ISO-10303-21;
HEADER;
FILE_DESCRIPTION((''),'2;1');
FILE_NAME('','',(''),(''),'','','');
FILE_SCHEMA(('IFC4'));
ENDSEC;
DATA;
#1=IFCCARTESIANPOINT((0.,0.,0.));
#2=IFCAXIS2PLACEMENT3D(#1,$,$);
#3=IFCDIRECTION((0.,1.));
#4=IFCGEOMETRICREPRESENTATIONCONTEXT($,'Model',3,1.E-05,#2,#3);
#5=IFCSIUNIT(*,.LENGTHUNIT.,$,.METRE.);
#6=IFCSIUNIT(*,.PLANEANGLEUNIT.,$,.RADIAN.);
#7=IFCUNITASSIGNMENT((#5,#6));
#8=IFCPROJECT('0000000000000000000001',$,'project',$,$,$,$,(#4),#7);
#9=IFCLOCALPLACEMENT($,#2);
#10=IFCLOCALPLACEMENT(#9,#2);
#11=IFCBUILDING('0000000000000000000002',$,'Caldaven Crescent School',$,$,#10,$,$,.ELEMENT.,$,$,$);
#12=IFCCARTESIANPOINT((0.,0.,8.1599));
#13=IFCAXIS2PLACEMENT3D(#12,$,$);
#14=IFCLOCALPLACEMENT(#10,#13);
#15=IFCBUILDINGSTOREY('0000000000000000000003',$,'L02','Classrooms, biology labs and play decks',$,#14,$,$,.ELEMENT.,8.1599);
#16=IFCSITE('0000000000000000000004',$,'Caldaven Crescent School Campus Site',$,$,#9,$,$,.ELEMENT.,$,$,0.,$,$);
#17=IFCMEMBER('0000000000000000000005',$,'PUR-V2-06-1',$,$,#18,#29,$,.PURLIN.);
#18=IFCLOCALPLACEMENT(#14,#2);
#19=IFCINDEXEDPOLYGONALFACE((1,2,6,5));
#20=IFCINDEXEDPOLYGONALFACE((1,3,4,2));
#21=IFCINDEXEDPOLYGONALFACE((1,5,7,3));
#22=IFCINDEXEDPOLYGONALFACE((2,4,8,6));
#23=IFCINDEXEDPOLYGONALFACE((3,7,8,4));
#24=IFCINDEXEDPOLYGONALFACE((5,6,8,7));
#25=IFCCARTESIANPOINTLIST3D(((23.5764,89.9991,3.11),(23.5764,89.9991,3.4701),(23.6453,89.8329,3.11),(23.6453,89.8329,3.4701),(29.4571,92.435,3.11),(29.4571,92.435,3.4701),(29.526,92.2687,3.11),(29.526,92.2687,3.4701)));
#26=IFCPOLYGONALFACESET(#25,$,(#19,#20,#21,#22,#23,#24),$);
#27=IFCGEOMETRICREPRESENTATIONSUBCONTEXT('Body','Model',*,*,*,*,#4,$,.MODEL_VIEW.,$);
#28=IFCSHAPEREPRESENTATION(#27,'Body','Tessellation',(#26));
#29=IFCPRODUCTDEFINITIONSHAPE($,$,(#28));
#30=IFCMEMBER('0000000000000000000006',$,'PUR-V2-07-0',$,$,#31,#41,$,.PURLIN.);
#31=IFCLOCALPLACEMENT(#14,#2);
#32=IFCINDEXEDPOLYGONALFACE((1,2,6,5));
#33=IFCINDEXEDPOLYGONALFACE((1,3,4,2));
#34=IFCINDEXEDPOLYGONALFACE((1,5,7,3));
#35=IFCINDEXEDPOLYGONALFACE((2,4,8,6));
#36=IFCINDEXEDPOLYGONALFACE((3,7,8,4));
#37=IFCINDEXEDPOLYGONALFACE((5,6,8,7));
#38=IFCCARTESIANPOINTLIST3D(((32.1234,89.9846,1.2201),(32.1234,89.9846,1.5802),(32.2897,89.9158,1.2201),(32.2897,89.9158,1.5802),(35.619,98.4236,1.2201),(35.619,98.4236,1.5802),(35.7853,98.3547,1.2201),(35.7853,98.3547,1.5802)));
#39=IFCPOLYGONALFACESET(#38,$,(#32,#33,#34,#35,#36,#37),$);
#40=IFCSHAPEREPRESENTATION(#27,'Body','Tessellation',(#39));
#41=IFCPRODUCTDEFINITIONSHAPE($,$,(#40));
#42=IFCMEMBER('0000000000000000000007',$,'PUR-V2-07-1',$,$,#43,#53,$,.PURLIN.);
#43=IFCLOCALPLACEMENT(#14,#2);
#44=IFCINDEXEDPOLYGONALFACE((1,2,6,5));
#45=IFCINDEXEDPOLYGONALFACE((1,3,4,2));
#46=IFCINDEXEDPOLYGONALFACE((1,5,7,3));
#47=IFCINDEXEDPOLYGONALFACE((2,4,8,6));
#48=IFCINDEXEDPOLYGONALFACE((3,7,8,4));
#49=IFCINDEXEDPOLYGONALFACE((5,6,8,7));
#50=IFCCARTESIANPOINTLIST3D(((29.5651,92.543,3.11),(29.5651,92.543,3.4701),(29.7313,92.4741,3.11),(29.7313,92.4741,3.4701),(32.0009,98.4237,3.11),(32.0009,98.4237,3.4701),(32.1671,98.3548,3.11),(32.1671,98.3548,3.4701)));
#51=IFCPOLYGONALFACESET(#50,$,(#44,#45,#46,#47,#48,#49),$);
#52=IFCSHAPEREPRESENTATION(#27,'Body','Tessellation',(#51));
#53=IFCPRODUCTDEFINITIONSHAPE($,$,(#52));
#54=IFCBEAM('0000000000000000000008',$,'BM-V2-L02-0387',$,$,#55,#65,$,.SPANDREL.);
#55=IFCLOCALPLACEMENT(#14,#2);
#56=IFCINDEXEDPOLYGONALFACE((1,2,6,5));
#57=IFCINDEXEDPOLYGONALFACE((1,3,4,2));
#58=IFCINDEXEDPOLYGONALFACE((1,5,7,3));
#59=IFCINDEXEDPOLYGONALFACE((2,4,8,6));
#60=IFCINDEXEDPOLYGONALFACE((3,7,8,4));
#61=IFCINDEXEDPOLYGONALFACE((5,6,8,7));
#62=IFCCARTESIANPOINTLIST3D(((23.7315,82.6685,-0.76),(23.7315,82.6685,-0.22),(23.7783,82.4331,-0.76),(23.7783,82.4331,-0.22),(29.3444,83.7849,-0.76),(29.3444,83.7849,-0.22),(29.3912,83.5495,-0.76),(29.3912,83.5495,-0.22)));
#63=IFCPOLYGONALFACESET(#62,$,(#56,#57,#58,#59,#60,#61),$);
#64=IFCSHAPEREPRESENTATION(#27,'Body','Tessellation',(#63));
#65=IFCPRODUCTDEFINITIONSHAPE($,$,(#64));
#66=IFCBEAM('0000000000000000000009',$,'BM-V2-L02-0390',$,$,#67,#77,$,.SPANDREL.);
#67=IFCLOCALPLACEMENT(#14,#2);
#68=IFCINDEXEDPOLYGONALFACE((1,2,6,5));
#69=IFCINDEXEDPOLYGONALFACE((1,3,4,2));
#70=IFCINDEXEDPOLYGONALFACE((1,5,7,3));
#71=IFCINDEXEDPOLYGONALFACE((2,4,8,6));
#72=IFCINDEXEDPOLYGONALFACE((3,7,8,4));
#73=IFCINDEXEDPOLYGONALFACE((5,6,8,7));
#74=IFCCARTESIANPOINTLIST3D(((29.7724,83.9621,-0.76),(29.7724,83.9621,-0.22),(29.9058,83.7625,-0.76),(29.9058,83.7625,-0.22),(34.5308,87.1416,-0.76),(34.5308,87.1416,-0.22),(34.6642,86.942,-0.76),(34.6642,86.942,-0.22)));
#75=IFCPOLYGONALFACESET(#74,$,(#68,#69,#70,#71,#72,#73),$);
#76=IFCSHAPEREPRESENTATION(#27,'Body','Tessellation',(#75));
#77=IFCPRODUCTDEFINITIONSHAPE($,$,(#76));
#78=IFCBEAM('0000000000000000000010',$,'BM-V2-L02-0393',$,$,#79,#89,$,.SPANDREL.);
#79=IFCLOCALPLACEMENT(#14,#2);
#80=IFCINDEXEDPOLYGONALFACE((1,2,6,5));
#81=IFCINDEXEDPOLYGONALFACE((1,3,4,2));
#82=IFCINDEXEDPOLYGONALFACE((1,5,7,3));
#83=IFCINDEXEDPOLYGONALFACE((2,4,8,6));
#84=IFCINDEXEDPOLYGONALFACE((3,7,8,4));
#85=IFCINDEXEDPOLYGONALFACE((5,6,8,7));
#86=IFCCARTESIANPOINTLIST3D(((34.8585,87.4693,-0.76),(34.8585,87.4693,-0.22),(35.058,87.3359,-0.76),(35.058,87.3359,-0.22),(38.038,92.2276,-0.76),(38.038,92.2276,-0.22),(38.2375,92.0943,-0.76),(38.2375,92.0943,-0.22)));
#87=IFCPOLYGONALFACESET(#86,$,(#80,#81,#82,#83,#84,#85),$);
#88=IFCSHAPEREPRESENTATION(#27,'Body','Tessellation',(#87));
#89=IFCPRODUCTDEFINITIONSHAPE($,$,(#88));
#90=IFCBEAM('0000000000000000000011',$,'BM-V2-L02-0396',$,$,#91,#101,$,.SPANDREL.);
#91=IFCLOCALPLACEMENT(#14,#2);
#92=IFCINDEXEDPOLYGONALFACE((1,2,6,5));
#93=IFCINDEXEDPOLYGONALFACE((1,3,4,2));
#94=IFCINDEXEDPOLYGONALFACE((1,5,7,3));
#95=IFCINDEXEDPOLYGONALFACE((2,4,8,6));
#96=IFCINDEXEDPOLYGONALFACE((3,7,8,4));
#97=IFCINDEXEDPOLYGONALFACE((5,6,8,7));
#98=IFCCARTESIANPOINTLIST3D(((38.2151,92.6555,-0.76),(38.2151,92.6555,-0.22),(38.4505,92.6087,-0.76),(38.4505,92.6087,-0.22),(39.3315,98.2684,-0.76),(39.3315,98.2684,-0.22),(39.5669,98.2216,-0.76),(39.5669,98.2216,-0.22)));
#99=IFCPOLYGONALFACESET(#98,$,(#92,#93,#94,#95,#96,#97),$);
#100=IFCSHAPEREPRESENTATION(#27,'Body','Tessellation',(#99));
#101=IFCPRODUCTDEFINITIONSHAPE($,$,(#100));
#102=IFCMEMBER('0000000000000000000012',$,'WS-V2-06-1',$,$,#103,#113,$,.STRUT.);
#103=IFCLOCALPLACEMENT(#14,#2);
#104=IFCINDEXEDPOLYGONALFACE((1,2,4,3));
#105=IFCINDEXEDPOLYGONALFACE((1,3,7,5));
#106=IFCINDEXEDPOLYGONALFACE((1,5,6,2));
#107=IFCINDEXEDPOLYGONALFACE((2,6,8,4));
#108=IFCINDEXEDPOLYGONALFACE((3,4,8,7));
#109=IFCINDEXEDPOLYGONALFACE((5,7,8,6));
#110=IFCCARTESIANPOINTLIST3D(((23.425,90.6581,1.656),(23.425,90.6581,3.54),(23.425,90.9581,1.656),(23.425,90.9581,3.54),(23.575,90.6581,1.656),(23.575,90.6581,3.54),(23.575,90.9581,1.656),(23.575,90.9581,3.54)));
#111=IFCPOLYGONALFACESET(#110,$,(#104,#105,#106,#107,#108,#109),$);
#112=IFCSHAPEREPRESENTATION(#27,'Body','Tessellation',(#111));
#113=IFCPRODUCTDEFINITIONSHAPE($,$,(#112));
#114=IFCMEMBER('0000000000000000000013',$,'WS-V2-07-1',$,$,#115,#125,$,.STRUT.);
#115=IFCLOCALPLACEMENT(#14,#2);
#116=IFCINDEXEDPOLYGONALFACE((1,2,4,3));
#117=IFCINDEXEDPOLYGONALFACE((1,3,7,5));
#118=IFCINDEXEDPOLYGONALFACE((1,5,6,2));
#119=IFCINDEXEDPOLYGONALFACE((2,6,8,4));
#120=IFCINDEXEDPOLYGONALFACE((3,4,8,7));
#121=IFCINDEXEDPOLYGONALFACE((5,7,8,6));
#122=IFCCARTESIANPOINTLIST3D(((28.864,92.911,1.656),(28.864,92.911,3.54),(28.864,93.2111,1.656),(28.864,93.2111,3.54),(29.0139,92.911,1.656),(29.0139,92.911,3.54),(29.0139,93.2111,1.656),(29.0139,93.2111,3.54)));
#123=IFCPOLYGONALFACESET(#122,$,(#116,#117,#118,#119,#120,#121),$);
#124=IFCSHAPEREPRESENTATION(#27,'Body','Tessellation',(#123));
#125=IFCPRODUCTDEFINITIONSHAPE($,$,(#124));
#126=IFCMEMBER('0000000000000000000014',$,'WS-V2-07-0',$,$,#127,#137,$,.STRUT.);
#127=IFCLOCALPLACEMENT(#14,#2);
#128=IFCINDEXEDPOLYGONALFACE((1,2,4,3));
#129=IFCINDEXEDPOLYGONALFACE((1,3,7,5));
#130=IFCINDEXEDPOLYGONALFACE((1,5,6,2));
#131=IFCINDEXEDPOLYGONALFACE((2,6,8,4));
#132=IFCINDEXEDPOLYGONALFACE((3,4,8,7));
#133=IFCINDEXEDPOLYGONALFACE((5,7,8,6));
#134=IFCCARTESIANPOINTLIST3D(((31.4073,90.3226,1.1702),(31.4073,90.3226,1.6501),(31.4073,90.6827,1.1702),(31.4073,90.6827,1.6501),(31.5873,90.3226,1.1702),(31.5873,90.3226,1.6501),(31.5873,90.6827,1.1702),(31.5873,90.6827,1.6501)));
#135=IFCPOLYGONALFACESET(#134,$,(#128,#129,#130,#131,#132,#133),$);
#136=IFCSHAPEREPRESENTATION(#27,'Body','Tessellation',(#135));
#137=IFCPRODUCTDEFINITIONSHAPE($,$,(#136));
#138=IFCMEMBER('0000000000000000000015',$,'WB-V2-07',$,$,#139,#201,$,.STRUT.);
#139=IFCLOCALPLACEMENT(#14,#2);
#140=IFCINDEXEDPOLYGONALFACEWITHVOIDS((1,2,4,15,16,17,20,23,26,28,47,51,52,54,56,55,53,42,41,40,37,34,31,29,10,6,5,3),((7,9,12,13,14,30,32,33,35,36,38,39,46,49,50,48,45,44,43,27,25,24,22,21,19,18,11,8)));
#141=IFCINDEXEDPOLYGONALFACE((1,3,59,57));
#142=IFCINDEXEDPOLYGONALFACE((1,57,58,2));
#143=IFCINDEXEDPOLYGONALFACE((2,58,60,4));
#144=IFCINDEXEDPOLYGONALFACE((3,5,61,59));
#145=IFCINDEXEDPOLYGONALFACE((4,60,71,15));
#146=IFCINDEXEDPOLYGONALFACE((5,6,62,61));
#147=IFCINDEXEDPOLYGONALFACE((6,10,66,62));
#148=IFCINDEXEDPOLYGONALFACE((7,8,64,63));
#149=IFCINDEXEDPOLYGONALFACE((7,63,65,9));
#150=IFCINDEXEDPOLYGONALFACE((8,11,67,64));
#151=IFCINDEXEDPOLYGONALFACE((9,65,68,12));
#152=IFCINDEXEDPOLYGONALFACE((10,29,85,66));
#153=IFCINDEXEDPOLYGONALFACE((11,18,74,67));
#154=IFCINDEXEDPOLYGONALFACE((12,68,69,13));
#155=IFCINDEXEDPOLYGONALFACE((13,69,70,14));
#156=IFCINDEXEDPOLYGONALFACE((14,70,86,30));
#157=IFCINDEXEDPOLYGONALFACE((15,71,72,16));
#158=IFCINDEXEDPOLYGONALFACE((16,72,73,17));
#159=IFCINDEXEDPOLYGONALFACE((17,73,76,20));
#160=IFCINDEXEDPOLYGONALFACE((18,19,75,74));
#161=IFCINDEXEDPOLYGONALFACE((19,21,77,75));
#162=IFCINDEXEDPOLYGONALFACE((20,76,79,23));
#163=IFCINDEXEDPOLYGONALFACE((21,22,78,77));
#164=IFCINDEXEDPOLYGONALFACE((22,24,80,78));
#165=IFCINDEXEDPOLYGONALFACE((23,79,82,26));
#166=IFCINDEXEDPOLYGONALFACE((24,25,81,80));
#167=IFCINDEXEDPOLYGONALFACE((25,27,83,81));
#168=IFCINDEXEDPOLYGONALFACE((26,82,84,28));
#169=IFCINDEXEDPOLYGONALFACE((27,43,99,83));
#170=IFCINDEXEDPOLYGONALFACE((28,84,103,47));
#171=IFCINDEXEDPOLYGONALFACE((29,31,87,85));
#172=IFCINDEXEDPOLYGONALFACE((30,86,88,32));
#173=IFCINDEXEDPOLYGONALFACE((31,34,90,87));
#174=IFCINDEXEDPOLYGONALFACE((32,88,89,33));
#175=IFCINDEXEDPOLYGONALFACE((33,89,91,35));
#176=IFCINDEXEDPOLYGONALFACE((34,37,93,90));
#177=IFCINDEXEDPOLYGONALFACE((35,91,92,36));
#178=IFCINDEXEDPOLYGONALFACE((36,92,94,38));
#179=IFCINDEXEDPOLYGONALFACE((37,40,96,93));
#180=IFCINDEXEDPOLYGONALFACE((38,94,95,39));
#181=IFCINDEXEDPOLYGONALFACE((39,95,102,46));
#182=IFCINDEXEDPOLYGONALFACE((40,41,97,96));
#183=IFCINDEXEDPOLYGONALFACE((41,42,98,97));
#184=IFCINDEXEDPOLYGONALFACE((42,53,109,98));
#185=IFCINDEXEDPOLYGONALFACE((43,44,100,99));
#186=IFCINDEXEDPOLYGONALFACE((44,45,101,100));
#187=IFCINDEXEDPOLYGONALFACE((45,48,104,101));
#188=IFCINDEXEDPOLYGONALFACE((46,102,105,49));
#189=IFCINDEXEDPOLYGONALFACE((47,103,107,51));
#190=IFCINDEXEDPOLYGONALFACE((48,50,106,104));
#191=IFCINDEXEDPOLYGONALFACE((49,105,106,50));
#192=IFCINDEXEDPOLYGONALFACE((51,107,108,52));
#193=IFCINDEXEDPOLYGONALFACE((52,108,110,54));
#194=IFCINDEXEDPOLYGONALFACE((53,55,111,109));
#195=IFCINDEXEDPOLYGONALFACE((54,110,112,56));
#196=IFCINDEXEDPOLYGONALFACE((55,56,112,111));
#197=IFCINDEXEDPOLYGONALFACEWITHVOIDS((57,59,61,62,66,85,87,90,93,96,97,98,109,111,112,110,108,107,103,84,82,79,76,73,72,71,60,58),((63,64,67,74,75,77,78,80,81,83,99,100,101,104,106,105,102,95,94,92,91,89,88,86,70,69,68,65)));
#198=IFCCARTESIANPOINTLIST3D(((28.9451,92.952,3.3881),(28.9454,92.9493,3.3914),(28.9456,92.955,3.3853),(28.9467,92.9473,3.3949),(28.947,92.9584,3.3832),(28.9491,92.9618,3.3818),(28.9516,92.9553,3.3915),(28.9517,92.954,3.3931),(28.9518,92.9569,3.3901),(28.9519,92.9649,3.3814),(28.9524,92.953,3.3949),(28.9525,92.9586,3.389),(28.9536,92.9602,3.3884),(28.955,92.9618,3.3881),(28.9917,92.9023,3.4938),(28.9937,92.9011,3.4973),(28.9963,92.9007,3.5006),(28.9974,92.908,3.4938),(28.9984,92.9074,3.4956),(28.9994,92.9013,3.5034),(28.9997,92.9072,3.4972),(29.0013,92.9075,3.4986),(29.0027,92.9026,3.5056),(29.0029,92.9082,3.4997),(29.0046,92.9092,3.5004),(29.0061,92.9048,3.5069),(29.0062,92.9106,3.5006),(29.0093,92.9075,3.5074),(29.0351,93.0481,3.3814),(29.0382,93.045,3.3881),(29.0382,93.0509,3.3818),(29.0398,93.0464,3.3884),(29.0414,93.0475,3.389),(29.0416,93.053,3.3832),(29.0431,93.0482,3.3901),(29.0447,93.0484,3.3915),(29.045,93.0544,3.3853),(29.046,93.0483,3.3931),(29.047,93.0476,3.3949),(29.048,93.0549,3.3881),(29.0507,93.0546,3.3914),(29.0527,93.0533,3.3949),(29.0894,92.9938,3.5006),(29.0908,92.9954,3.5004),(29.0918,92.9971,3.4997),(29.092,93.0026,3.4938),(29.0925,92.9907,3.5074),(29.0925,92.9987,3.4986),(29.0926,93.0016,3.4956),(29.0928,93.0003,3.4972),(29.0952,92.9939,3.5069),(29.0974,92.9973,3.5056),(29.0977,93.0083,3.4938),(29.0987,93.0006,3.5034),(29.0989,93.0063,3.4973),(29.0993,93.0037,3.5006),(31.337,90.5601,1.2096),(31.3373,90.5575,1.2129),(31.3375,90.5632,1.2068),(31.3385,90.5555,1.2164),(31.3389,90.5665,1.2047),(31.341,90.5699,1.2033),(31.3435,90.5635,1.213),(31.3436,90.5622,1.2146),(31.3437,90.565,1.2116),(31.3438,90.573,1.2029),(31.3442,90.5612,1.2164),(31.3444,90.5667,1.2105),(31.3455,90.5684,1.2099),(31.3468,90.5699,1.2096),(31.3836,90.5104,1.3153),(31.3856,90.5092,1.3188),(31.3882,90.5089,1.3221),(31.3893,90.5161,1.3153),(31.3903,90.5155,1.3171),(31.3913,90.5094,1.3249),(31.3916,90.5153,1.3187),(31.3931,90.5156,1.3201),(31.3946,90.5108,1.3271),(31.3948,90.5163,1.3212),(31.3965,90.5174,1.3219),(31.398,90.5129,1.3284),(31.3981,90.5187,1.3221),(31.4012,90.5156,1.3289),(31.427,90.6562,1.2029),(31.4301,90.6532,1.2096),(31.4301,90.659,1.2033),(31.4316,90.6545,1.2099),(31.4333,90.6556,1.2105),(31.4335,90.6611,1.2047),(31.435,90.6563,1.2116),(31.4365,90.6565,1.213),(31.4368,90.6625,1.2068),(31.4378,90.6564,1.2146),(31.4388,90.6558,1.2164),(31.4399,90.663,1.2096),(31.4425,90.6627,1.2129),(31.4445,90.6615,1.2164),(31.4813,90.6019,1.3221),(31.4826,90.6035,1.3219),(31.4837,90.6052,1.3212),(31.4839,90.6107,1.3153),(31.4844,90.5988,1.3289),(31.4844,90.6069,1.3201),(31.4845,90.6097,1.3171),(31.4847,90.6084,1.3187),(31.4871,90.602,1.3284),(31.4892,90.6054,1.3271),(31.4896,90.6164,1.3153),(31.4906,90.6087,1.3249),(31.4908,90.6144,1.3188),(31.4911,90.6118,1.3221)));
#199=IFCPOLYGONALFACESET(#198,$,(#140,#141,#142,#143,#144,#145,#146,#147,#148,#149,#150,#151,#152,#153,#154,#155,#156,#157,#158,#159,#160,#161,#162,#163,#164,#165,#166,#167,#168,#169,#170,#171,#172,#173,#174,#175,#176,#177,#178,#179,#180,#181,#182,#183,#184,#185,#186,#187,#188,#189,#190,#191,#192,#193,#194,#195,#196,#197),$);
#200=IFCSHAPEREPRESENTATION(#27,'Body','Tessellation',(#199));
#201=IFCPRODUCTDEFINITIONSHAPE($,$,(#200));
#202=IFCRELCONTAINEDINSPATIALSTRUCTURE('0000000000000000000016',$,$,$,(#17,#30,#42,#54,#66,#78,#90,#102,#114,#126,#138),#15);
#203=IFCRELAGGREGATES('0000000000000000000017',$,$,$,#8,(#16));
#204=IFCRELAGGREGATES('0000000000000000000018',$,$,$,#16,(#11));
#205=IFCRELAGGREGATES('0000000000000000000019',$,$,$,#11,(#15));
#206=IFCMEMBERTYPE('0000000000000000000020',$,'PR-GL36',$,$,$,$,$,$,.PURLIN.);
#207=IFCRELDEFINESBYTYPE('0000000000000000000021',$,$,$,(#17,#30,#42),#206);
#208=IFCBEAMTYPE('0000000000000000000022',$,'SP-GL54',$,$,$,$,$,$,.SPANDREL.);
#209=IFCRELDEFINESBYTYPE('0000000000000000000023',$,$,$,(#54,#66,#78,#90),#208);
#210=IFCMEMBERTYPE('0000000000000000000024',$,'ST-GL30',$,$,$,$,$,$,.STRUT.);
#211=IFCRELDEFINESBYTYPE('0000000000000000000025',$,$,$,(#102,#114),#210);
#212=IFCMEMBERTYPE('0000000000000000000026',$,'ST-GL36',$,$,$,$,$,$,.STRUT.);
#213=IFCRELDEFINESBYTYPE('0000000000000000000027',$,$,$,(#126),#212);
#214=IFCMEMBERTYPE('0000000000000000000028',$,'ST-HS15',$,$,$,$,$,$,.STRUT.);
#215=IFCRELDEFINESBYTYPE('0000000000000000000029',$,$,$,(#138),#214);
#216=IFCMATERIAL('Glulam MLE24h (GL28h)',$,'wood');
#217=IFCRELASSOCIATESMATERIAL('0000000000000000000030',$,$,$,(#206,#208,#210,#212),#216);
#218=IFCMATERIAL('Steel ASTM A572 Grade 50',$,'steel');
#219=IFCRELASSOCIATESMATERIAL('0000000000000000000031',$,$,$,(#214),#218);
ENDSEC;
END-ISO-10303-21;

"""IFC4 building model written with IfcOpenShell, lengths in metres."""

from ifc_helpers import new_model, si_unit, direction, frame, origin, origin_2d, place, context, subcontext, project, spatial, rectangle, hollow_rectangle, extrude, material, material_profile, profile_set, type_object, element, save


model = new_model("IFC4")

# Units and contexts
model_context = context("Model", 3, precision=1e-05, world=origin(), true_north=direction((0.0, 1.0)))
body_context = subcontext(model_context, "Body", "Model", "MODEL_VIEW")
ifc_project = project(units=[si_unit("LENGTHUNIT", "METRE"), si_unit("PLANEANGLEUNIT", "RADIAN")], contexts=[model_context])

# Site, building, storey
site_placement = place(None, origin())
site = spatial("IfcSite", under=ifc_project, at=site_placement, Name="Caldaven Crescent School Campus Site", CompositionType="ELEMENT", RefElevation=0.0)
building_placement = place(site_placement, origin())
building = spatial("IfcBuilding", under=site, at=building_placement, Name="Caldaven Crescent School", CompositionType="ELEMENT")
storey_placement = place(building_placement, frame((0.0, 0.0, 8.1599)))
storey = spatial("IfcBuildingStorey", under=building, at=storey_placement, Name="L02", Description="Classrooms, biology labs and play decks", CompositionType="ELEMENT", Elevation=8.1599)

# Shared definitions
ifc_material_1 = material(Name="Glulam MLE24h (GL28h)", Category="wood")
ifc_material_2 = material(Name="Steel ASTM A572 Grade 50", Category="steel")

# Members
ifc_material_profile_1 = material_profile(ifc_material_1, rectangle(XDim=0.1799, YDim=0.3601, at=origin_2d()), Name="MLE 180x360")
ifc_profile_set_1 = profile_set([ifc_material_profile_1], Name="Glulam MLE24h (GL28h)")
member_type_1 = type_object("IfcMemberType", Name="PR-GL36", PredefinedType="PURLIN", material=ifc_profile_set_1)
member_1_placement = place(storey_placement, frame((23.6108, 89.916, 3.29), z_axis=(0.923882, 0.382678, 0.0), x_axis=(-0.382678, 0.923882, 0.0)))
element("IfcMember", 1, at=member_1_placement, inside=storey, type_object=member_type_1, Name="PUR-V2-06-1", PredefinedType="PURLIN", context=body_context, shape_type="SweptSolid", body=[
    extrude(rectangle(XDim=0.1799, YDim=0.3601, at=origin_2d()), origin(), (0.0, 0.0, 1.0), 6.3652),
])
member_2_placement = place(storey_placement, frame((32.2065, 89.9502, 1.4001), z_axis=(0.38269, 0.923877, 0.0), x_axis=(-0.923877, 0.38269, 0.0)))
element("IfcMember", 2, at=member_2_placement, inside=storey, type_object=member_type_1, Name="PUR-V2-07-0", PredefinedType="PURLIN", context=body_context, shape_type="SweptSolid", body=[
    extrude(rectangle(XDim=0.1799, YDim=0.3601, at=origin_2d()), origin(), (0.0, 0.0, 1.0), 9.1343),
])
member_3_placement = place(storey_placement, frame((29.6482, 92.5085, 3.29), z_axis=(0.382678, 0.923882, 0.0), x_axis=(-0.923882, 0.382678, 0.0)))
element("IfcMember", 3, at=member_3_placement, inside=storey, type_object=member_type_1, Name="PUR-V2-07-1", PredefinedType="PURLIN", context=body_context, shape_type="SweptSolid", body=[
    extrude(rectangle(XDim=0.1799, YDim=0.3601, at=origin_2d()), origin(), (0.0, 0.0, 1.0), 6.3652),
])

# Beams
ifc_material_profile_2 = material_profile(ifc_material_1, rectangle(XDim=0.24, YDim=0.54, at=origin_2d()), Name="MLE 240x540")
ifc_profile_set_2 = profile_set([ifc_material_profile_2], Name="Glulam MLE24h (GL28h)")
beam_type_1 = type_object("IfcBeamType", Name="SP-GL54", PredefinedType="SPANDREL", material=ifc_profile_set_2)
for number, where, z_axis, x_axis, name in (
    (4, (23.7549, 82.5508, -0.49), (0.980787, 0.195082, 0.0), (-0.195082, 0.980787, 0.0), "BM-V2-L02-0387"),
    (5, (29.8391, 83.8623, -0.49), (0.831466, 0.555576, 0.0), (-0.555576, 0.831466, 0.0), "BM-V2-L02-0390"),
    (6, (34.9583, 87.4026, -0.49), (0.555576, 0.831466, 0.0), (-0.831466, 0.555576, 0.0), "BM-V2-L02-0393"),
    (7, (38.3328, 92.6321, -0.49), (0.195082, 0.980787, 0.0), (-0.980787, 0.195082, 0.0), "BM-V2-L02-0396"),
):
    element("IfcBeam", number, at=place(storey_placement, frame(where, z_axis=z_axis, x_axis=x_axis)), inside=storey, type_object=beam_type_1, Name=name, PredefinedType="SPANDREL", context=body_context, shape_type="SweptSolid", body=[
        extrude(rectangle(XDim=0.24, YDim=0.54, at=origin_2d()), origin(), (0.0, 0.0, 1.0), 5.7229),
    ])

# Members
ifc_material_profile_3 = material_profile(ifc_material_1, rectangle(XDim=0.1499, YDim=0.3, at=origin_2d()), Name="MLE 150x300")
ifc_profile_set_3 = profile_set([ifc_material_profile_3], Name="Glulam MLE24h (GL28h)")
member_type_2 = type_object("IfcMemberType", Name="ST-GL30", PredefinedType="STRUT", material=ifc_profile_set_3)
for number, where, z_axis, x_axis, name in (
    (8, (23.5, 90.8081, 1.656), (0.0, 0.0, 1.0), (1.0, 0.0, 0.0), "WS-V2-06-1"),
    (9, (28.939, 93.061, 1.656), (0.0, 0.0, 1.0), (1.0, 0.0, 0.0), "WS-V2-07-1"),
):
    element("IfcMember", number, at=place(storey_placement, frame(where, z_axis=z_axis, x_axis=x_axis)), inside=storey, type_object=member_type_2, Name=name, PredefinedType="STRUT", context=body_context, shape_type="SweptSolid", body=[
        extrude(rectangle(XDim=0.1499, YDim=0.3, at=origin_2d()), origin(), (0.0, 0.0, 1.0), 1.884),
    ])
ifc_material_profile_4 = material_profile(ifc_material_1, rectangle(XDim=0.1799, YDim=0.3601, at=origin_2d()), Name="MLE 180x360")
ifc_profile_set_4 = profile_set([ifc_material_profile_4], Name="Glulam MLE24h (GL28h)")
member_type_3 = type_object("IfcMemberType", Name="ST-GL36", PredefinedType="STRUT", material=ifc_profile_set_4)
member_4_placement = place(storey_placement, frame((31.4973, 90.5027, 1.1702), z_axis=(0.0, 0.0, 1.0), x_axis=(1.0, 0.0, 0.0)))
element("IfcMember", 10, at=member_4_placement, inside=storey, type_object=member_type_3, Name="WS-V2-07-0", PredefinedType="STRUT", context=body_context, shape_type="SweptSolid", body=[
    extrude(rectangle(XDim=0.1799, YDim=0.3601, at=origin_2d()), origin(), (0.0, 0.0, 1.0), 0.48),
])
ifc_material_profile_5 = material_profile(ifc_material_2, hollow_rectangle(XDim=0.1499, YDim=0.1499, WallThickness=0.0081, InnerFilletRadius=0.0081, OuterFilletRadius=0.0161, at=origin_2d()), Name="HSS 150x150x8")
ifc_profile_set_5 = profile_set([ifc_material_profile_5], Name="Steel ASTM A572 Grade 50")
member_type_4 = type_object("IfcMemberType", Name="ST-HS15", PredefinedType="STRUT", material=ifc_profile_set_5)
member_5_placement = place(storey_placement, frame((31.4141, 90.5859, 1.2659), z_axis=(-0.594487, 0.594487, 0.541452), x_axis=(-0.707107, -0.707107, 0.0)))
element("IfcMember", 11, at=member_5_placement, inside=storey, type_object=member_type_4, Name="WB-V2-07", PredefinedType="STRUT", context=body_context, shape_type="SweptSolid", body=[
    extrude(hollow_rectangle(XDim=0.1499, YDim=0.1499, WallThickness=0.0081, InnerFilletRadius=0.0081, OuterFilletRadius=0.0161, at=origin_2d()), origin(), (0.0, 0.0, 1.0), 4.0234),
])

save(model, "model.ifc")
